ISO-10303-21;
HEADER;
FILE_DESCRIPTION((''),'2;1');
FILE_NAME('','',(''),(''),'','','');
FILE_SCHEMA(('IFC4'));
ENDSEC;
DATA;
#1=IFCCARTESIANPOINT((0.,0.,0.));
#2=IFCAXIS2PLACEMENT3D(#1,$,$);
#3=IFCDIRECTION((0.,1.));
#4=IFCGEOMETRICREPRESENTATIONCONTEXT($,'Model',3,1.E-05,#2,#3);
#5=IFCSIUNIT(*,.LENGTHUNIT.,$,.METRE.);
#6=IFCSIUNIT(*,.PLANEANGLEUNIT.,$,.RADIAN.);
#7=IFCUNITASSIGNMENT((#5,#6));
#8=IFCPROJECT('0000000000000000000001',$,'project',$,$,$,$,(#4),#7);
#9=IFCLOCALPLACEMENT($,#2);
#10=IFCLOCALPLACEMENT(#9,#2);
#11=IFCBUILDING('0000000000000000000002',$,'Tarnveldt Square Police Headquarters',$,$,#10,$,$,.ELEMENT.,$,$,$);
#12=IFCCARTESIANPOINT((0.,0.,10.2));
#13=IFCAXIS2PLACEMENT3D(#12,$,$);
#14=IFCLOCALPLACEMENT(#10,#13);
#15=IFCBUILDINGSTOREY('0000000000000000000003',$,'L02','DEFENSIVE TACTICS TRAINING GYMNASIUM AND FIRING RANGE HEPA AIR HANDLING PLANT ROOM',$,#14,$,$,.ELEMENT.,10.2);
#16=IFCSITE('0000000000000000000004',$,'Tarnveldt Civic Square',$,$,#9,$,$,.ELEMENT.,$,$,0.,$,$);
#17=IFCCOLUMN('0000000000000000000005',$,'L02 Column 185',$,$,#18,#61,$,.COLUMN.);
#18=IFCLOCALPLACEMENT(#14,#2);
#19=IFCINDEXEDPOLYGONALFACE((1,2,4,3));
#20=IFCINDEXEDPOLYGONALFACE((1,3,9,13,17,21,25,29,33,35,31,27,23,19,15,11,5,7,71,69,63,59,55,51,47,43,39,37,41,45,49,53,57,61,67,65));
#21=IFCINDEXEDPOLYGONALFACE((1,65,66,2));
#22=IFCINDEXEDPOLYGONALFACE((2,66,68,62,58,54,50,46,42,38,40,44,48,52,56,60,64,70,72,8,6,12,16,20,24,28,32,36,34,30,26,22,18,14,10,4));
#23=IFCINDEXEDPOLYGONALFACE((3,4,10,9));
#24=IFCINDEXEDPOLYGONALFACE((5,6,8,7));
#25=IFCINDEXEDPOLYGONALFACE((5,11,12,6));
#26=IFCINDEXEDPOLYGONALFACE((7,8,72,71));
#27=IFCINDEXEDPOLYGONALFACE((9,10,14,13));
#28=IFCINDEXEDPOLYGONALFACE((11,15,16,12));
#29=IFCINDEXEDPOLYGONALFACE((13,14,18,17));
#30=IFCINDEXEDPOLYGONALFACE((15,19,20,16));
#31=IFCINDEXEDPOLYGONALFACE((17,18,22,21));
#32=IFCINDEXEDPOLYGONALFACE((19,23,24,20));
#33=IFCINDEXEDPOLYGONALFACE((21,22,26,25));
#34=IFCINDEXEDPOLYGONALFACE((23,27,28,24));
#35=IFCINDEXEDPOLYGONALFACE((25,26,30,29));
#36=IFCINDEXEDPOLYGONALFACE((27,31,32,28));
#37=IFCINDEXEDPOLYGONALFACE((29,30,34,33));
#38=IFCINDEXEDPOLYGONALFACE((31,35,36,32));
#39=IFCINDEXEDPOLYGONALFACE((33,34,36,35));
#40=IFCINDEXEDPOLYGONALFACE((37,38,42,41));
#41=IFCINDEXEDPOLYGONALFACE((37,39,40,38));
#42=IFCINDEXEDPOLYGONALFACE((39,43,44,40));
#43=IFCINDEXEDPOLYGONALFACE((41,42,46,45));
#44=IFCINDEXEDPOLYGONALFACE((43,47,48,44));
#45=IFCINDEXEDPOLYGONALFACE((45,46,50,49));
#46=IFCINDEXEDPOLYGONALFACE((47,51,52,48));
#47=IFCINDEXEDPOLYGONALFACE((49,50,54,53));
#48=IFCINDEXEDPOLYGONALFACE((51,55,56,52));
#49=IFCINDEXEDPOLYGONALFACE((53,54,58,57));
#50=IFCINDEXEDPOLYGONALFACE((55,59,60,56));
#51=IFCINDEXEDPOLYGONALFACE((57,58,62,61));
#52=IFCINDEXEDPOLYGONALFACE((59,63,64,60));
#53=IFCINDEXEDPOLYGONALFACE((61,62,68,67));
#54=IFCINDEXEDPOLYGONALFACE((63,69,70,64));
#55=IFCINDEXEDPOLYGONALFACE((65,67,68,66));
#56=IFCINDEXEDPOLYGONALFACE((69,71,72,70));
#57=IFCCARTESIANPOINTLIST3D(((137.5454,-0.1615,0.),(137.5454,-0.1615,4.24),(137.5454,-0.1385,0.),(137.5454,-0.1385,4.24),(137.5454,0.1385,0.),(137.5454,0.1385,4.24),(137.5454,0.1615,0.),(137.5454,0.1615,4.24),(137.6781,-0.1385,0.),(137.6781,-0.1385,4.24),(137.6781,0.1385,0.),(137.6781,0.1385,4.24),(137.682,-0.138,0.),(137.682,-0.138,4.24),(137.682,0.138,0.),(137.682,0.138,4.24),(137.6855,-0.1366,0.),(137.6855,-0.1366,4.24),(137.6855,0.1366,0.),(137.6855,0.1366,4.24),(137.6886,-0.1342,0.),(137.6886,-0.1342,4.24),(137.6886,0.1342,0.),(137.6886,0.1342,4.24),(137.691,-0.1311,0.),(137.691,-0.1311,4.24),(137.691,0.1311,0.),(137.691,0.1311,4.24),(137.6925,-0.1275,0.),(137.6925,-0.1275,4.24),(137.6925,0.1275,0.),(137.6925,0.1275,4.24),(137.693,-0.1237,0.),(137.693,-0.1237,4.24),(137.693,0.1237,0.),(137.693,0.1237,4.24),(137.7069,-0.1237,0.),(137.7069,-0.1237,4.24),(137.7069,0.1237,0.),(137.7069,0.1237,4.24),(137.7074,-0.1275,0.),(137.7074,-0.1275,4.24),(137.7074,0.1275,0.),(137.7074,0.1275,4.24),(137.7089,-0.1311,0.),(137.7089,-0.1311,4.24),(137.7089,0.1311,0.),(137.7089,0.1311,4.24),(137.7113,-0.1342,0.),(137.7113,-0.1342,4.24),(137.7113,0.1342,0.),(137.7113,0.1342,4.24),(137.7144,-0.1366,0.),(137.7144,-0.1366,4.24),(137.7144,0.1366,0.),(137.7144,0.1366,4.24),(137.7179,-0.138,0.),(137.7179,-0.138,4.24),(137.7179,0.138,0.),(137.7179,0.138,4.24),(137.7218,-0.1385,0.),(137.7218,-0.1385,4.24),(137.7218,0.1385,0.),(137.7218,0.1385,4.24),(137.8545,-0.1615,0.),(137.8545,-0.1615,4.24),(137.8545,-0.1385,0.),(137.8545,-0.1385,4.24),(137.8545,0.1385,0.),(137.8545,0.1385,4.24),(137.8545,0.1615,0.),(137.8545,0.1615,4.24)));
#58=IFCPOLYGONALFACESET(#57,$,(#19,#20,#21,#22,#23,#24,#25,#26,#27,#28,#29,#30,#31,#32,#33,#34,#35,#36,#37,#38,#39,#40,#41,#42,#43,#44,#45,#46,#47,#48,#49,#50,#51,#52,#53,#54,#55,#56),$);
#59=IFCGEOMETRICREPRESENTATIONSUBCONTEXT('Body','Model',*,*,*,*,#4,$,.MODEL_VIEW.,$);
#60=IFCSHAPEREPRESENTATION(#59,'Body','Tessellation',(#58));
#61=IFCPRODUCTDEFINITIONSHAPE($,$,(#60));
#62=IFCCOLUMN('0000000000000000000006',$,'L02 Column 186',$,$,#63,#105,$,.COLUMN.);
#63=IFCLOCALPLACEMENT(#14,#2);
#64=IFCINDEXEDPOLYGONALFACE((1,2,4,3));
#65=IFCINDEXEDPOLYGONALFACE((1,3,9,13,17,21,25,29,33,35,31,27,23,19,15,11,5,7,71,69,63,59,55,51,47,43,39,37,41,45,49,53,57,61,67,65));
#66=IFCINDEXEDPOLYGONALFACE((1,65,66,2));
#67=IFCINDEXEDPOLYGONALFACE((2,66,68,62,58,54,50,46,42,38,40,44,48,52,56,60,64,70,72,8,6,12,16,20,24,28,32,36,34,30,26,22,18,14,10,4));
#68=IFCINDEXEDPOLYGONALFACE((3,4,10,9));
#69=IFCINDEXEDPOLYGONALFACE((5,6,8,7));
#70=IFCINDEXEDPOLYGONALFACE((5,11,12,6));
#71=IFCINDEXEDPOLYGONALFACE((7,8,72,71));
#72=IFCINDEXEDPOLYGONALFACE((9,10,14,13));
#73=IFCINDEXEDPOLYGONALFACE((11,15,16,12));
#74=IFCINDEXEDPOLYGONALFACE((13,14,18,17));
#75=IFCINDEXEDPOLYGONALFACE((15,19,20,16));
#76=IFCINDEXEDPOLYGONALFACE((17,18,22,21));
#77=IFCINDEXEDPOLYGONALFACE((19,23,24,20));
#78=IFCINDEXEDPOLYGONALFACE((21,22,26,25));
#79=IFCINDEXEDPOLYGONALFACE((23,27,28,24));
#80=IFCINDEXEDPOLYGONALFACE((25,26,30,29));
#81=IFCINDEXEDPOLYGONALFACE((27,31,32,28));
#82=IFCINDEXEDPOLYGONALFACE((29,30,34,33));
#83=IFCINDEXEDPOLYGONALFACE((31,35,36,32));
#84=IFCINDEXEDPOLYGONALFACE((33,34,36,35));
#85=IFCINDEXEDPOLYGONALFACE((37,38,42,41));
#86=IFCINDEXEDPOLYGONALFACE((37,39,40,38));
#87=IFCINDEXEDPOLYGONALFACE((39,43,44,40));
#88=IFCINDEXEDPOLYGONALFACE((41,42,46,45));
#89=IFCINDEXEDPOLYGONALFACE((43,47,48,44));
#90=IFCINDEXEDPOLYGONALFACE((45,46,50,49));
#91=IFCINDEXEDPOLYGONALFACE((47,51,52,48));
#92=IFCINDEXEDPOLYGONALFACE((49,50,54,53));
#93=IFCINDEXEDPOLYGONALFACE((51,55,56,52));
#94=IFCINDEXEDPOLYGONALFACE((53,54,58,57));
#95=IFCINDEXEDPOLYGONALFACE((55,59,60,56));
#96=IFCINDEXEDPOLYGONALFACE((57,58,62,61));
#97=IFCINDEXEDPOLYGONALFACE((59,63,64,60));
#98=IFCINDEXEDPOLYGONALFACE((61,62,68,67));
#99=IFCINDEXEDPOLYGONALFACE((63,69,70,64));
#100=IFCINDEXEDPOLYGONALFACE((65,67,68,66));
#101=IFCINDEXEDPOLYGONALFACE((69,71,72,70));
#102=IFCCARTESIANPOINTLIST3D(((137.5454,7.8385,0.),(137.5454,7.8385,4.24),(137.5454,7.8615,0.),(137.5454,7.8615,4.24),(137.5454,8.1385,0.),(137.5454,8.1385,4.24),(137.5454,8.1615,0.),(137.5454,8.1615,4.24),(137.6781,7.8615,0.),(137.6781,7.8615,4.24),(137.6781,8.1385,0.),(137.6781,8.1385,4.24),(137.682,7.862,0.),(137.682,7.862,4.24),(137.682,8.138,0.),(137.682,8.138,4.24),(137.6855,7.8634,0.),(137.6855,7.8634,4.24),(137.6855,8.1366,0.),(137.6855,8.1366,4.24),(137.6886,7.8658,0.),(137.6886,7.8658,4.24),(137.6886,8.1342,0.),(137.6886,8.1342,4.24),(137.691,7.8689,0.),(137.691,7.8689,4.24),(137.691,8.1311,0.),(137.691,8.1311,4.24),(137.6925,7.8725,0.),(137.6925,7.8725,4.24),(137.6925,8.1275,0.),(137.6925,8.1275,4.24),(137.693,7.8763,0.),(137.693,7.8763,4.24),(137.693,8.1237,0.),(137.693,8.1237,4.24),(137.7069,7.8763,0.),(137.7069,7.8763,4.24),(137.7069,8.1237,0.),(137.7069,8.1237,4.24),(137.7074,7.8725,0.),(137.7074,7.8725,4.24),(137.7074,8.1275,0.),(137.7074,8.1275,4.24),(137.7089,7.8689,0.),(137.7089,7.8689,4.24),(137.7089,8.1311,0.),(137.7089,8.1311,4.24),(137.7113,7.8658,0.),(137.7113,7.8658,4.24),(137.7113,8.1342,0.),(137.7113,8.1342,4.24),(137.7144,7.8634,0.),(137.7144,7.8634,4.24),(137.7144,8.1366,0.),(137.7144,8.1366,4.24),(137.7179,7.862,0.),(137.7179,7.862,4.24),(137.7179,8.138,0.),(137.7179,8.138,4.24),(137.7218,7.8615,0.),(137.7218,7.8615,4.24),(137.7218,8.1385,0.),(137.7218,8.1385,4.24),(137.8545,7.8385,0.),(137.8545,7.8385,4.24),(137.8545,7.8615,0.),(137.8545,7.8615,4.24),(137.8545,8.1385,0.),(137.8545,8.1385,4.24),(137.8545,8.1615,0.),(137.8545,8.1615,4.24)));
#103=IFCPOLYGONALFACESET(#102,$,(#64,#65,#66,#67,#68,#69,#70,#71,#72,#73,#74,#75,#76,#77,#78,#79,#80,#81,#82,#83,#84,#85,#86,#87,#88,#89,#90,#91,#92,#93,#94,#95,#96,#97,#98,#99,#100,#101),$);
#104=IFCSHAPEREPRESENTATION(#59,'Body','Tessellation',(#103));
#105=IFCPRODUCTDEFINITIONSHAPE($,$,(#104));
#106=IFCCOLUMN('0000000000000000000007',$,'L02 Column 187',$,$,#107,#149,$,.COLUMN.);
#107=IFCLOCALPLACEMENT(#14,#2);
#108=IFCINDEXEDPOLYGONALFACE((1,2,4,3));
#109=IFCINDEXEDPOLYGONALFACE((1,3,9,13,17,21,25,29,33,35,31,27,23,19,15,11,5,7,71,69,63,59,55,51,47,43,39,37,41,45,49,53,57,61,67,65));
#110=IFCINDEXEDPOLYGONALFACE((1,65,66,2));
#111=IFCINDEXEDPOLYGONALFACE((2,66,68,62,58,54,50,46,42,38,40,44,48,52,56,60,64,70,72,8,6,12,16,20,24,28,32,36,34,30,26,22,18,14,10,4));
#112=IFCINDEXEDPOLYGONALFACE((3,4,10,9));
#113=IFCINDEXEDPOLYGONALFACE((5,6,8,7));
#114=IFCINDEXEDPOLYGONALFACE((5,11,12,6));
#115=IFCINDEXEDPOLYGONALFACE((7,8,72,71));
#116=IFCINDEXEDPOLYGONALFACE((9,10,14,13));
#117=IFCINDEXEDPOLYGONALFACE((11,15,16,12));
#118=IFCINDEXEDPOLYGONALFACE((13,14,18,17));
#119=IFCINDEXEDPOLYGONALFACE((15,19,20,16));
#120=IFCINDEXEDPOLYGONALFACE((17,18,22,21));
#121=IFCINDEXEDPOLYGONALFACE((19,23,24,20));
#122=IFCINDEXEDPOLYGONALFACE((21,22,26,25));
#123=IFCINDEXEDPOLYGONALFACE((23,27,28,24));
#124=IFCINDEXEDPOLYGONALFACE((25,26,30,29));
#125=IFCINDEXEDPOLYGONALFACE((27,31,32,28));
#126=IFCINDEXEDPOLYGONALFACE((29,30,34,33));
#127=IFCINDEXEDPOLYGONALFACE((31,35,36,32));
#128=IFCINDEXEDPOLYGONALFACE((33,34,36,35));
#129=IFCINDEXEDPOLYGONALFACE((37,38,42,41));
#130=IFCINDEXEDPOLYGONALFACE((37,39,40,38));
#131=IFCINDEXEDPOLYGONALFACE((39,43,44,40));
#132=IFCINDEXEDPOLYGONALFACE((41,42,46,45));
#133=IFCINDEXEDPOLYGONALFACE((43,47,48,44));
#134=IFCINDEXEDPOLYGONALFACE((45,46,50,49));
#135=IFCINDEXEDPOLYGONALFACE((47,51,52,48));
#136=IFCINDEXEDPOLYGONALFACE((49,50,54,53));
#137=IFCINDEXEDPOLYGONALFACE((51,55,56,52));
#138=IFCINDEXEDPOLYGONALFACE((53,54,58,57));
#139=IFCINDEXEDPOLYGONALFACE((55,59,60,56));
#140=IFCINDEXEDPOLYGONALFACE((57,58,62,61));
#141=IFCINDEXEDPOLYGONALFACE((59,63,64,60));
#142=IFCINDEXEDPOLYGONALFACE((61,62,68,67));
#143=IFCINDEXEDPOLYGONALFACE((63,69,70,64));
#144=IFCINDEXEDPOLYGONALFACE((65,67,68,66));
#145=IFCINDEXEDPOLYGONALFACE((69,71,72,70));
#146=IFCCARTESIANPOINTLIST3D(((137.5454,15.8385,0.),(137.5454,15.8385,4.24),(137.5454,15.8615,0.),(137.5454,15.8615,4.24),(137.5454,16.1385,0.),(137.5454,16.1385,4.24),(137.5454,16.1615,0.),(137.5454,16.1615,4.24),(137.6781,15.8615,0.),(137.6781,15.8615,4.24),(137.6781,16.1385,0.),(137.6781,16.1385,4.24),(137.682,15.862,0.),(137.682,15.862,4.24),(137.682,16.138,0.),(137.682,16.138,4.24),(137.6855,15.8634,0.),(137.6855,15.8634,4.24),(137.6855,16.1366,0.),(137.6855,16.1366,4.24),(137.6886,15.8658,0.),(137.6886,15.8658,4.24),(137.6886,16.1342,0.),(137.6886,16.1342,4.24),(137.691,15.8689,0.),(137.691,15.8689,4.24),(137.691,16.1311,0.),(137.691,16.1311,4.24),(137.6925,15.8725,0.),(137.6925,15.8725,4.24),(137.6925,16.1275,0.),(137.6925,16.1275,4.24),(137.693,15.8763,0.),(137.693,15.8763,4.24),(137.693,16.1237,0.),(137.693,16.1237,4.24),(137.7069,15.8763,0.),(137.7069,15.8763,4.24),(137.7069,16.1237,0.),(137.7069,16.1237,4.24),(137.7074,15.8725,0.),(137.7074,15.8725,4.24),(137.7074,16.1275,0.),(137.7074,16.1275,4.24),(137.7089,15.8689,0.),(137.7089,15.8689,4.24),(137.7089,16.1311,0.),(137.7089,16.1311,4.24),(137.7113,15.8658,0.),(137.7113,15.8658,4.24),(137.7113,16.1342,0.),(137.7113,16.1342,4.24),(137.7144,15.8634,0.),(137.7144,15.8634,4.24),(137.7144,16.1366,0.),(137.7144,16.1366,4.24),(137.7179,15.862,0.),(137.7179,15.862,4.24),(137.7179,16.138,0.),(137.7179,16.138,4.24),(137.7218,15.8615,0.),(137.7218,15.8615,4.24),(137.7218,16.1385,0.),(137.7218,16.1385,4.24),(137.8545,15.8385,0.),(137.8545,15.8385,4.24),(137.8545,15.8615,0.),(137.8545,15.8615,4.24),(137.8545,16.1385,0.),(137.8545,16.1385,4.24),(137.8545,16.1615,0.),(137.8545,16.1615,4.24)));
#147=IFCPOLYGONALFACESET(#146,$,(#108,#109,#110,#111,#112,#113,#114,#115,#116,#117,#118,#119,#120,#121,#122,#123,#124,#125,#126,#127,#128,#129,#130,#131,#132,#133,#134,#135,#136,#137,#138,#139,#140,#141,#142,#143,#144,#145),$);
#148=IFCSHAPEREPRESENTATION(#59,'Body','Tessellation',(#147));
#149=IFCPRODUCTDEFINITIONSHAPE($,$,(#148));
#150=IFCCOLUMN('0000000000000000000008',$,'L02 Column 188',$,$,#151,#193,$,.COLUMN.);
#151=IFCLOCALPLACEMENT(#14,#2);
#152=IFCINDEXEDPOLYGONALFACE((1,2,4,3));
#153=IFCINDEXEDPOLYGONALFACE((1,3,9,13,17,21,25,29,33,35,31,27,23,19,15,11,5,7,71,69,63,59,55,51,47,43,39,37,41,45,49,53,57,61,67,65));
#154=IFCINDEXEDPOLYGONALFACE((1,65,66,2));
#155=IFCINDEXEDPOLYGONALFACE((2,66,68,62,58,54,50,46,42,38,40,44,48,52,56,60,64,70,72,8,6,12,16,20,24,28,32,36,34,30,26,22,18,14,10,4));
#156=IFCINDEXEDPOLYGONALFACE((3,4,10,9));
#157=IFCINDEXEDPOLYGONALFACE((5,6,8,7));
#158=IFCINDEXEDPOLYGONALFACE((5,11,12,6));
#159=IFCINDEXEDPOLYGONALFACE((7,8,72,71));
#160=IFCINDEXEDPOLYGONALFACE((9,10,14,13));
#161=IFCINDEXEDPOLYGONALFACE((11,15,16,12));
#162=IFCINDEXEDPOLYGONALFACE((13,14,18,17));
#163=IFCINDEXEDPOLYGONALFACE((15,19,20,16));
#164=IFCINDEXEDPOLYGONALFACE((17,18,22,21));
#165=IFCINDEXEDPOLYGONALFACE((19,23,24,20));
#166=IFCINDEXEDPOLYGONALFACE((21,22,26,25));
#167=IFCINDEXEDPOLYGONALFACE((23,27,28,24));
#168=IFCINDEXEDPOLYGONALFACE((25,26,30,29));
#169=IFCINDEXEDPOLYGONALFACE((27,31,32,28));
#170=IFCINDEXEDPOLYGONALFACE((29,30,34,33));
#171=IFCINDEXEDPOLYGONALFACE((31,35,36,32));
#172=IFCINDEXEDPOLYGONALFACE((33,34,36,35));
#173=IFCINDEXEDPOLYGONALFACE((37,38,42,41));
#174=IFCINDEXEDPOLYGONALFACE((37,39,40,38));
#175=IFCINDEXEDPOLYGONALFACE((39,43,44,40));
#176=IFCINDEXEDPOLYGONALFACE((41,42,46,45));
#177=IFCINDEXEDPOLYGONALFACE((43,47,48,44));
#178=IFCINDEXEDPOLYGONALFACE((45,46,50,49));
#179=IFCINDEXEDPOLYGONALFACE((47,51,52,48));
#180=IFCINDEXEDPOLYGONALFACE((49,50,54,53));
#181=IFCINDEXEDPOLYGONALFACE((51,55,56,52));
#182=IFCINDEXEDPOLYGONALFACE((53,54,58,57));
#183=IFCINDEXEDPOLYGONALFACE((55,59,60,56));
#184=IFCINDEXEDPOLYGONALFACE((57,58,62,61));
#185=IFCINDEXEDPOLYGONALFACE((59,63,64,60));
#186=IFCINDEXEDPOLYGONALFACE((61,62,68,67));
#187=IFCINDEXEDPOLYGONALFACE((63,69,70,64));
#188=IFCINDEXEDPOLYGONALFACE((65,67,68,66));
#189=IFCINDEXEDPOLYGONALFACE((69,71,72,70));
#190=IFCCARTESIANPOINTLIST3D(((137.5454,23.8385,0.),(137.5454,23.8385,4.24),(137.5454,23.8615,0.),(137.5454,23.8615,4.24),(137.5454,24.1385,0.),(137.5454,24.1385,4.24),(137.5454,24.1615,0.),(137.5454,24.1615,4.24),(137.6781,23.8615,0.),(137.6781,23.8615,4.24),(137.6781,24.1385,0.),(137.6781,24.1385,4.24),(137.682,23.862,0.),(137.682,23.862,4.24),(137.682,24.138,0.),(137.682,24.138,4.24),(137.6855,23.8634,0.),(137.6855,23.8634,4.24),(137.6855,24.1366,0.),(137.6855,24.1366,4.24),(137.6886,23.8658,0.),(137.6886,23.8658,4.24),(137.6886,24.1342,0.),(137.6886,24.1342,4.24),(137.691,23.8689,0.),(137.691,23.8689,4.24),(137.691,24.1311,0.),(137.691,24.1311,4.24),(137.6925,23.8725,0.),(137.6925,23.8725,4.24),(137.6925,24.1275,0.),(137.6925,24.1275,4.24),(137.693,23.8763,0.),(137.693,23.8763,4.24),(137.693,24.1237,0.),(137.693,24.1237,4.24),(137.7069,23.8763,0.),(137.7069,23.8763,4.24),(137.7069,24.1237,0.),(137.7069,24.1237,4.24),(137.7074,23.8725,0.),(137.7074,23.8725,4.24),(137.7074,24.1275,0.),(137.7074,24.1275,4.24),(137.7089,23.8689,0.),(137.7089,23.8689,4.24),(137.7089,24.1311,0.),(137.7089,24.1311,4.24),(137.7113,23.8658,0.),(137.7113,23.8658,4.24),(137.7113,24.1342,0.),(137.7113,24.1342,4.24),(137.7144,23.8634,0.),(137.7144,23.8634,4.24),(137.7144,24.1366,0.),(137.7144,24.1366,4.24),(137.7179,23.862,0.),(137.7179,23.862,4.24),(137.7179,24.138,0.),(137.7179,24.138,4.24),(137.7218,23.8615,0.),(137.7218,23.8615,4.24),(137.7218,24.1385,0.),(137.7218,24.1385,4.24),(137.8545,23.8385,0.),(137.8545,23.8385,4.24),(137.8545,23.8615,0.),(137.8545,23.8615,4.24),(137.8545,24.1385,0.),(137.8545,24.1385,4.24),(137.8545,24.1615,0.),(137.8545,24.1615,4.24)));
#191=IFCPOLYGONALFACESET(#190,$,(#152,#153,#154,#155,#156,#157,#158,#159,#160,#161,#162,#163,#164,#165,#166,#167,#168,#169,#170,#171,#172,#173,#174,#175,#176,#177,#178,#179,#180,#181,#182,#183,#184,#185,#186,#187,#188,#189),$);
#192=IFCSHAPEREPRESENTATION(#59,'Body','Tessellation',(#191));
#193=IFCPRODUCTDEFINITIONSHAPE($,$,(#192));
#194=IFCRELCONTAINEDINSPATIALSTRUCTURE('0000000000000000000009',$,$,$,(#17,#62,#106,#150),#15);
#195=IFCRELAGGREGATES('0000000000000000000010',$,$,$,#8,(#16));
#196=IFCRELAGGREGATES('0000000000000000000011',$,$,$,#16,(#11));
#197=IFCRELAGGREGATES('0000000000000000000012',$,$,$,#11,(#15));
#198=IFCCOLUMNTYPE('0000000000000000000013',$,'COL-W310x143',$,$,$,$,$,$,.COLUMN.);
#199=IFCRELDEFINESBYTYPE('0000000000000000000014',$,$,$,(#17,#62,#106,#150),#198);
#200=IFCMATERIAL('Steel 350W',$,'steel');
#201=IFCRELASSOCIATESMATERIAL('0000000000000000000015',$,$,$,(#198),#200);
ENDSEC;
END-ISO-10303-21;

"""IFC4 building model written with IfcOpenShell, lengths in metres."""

from ifc_helpers import new_model, si_unit, direction, frame, origin, origin_2d, place, context, subcontext, project, spatial, i_section, extrude, material, material_profile, profile_set, type_object, element, save


model = new_model("IFC4")

# Units and contexts
model_context = context("Model", 3, precision=1e-05, world=origin(), true_north=direction((0.0, 1.0)))
body_context = subcontext(model_context, "Body", "Model", "MODEL_VIEW")
ifc_project = project(units=[si_unit("LENGTHUNIT", "METRE"), si_unit("PLANEANGLEUNIT", "RADIAN")], contexts=[model_context])

# Site, building, storey
site_placement = place(None, origin())
site = spatial("IfcSite", under=ifc_project, at=site_placement, Name="Tarnveldt Civic Square", CompositionType="ELEMENT", RefElevation=0.0)
building_placement = place(site_placement, origin())
building = spatial("IfcBuilding", under=site, at=building_placement, Name="Tarnveldt Square Police Headquarters", CompositionType="ELEMENT")
storey_placement = place(building_placement, frame((0.0, 0.0, 10.2)))
storey = spatial("IfcBuildingStorey", under=building, at=storey_placement, Name="L02", Description="DEFENSIVE TACTICS TRAINING GYMNASIUM AND FIRING RANGE HEPA AIR HANDLING PLANT ROOM", CompositionType="ELEMENT", Elevation=10.2)

# Columns
ifc_material_1 = material(Name="Steel 350W", Category="steel")
ifc_material_profile_1 = material_profile(ifc_material_1, i_section(OverallWidth=0.3091, OverallDepth=0.323, WebThickness=0.0139, FlangeThickness=0.0229, FilletRadius=0.0149, at=origin_2d()), Name="W310x143")
ifc_profile_set_1 = profile_set([ifc_material_profile_1], Name="Steel 350W")
column_type = type_object("IfcColumnType", Name="COL-W310x143", PredefinedType="COLUMN", material=ifc_profile_set_1)
for number, where, z_axis, x_axis, name in (
    (1, (137.7, 0.0, 0.0), (0.0, 0.0, 1.0), (1.0, 0.0, 0.0), "L02 Column 185"),
    (2, (137.7, 8.0, 0.0), (0.0, 0.0, 1.0), (1.0, 0.0, 0.0), "L02 Column 186"),
    (3, (137.7, 16.0, 0.0), (0.0, 0.0, 1.0), (1.0, 0.0, 0.0), "L02 Column 187"),
    (4, (137.7, 24.0, 0.0), (0.0, 0.0, 1.0), (1.0, 0.0, 0.0), "L02 Column 188"),
):
    element("IfcColumn", number, at=place(storey_placement, frame(where, z_axis=z_axis, x_axis=x_axis)), inside=storey, type_object=column_type, Name=name, PredefinedType="COLUMN", context=body_context, shape_type="SweptSolid", body=[
        extrude(i_section(OverallWidth=0.3091, OverallDepth=0.323, WebThickness=0.0139, FlangeThickness=0.0229, FilletRadius=0.0149, at=origin_2d()), origin(), (0.0, 0.0, 1.0), 4.24),
    ])

save(model, "model.ifc")
